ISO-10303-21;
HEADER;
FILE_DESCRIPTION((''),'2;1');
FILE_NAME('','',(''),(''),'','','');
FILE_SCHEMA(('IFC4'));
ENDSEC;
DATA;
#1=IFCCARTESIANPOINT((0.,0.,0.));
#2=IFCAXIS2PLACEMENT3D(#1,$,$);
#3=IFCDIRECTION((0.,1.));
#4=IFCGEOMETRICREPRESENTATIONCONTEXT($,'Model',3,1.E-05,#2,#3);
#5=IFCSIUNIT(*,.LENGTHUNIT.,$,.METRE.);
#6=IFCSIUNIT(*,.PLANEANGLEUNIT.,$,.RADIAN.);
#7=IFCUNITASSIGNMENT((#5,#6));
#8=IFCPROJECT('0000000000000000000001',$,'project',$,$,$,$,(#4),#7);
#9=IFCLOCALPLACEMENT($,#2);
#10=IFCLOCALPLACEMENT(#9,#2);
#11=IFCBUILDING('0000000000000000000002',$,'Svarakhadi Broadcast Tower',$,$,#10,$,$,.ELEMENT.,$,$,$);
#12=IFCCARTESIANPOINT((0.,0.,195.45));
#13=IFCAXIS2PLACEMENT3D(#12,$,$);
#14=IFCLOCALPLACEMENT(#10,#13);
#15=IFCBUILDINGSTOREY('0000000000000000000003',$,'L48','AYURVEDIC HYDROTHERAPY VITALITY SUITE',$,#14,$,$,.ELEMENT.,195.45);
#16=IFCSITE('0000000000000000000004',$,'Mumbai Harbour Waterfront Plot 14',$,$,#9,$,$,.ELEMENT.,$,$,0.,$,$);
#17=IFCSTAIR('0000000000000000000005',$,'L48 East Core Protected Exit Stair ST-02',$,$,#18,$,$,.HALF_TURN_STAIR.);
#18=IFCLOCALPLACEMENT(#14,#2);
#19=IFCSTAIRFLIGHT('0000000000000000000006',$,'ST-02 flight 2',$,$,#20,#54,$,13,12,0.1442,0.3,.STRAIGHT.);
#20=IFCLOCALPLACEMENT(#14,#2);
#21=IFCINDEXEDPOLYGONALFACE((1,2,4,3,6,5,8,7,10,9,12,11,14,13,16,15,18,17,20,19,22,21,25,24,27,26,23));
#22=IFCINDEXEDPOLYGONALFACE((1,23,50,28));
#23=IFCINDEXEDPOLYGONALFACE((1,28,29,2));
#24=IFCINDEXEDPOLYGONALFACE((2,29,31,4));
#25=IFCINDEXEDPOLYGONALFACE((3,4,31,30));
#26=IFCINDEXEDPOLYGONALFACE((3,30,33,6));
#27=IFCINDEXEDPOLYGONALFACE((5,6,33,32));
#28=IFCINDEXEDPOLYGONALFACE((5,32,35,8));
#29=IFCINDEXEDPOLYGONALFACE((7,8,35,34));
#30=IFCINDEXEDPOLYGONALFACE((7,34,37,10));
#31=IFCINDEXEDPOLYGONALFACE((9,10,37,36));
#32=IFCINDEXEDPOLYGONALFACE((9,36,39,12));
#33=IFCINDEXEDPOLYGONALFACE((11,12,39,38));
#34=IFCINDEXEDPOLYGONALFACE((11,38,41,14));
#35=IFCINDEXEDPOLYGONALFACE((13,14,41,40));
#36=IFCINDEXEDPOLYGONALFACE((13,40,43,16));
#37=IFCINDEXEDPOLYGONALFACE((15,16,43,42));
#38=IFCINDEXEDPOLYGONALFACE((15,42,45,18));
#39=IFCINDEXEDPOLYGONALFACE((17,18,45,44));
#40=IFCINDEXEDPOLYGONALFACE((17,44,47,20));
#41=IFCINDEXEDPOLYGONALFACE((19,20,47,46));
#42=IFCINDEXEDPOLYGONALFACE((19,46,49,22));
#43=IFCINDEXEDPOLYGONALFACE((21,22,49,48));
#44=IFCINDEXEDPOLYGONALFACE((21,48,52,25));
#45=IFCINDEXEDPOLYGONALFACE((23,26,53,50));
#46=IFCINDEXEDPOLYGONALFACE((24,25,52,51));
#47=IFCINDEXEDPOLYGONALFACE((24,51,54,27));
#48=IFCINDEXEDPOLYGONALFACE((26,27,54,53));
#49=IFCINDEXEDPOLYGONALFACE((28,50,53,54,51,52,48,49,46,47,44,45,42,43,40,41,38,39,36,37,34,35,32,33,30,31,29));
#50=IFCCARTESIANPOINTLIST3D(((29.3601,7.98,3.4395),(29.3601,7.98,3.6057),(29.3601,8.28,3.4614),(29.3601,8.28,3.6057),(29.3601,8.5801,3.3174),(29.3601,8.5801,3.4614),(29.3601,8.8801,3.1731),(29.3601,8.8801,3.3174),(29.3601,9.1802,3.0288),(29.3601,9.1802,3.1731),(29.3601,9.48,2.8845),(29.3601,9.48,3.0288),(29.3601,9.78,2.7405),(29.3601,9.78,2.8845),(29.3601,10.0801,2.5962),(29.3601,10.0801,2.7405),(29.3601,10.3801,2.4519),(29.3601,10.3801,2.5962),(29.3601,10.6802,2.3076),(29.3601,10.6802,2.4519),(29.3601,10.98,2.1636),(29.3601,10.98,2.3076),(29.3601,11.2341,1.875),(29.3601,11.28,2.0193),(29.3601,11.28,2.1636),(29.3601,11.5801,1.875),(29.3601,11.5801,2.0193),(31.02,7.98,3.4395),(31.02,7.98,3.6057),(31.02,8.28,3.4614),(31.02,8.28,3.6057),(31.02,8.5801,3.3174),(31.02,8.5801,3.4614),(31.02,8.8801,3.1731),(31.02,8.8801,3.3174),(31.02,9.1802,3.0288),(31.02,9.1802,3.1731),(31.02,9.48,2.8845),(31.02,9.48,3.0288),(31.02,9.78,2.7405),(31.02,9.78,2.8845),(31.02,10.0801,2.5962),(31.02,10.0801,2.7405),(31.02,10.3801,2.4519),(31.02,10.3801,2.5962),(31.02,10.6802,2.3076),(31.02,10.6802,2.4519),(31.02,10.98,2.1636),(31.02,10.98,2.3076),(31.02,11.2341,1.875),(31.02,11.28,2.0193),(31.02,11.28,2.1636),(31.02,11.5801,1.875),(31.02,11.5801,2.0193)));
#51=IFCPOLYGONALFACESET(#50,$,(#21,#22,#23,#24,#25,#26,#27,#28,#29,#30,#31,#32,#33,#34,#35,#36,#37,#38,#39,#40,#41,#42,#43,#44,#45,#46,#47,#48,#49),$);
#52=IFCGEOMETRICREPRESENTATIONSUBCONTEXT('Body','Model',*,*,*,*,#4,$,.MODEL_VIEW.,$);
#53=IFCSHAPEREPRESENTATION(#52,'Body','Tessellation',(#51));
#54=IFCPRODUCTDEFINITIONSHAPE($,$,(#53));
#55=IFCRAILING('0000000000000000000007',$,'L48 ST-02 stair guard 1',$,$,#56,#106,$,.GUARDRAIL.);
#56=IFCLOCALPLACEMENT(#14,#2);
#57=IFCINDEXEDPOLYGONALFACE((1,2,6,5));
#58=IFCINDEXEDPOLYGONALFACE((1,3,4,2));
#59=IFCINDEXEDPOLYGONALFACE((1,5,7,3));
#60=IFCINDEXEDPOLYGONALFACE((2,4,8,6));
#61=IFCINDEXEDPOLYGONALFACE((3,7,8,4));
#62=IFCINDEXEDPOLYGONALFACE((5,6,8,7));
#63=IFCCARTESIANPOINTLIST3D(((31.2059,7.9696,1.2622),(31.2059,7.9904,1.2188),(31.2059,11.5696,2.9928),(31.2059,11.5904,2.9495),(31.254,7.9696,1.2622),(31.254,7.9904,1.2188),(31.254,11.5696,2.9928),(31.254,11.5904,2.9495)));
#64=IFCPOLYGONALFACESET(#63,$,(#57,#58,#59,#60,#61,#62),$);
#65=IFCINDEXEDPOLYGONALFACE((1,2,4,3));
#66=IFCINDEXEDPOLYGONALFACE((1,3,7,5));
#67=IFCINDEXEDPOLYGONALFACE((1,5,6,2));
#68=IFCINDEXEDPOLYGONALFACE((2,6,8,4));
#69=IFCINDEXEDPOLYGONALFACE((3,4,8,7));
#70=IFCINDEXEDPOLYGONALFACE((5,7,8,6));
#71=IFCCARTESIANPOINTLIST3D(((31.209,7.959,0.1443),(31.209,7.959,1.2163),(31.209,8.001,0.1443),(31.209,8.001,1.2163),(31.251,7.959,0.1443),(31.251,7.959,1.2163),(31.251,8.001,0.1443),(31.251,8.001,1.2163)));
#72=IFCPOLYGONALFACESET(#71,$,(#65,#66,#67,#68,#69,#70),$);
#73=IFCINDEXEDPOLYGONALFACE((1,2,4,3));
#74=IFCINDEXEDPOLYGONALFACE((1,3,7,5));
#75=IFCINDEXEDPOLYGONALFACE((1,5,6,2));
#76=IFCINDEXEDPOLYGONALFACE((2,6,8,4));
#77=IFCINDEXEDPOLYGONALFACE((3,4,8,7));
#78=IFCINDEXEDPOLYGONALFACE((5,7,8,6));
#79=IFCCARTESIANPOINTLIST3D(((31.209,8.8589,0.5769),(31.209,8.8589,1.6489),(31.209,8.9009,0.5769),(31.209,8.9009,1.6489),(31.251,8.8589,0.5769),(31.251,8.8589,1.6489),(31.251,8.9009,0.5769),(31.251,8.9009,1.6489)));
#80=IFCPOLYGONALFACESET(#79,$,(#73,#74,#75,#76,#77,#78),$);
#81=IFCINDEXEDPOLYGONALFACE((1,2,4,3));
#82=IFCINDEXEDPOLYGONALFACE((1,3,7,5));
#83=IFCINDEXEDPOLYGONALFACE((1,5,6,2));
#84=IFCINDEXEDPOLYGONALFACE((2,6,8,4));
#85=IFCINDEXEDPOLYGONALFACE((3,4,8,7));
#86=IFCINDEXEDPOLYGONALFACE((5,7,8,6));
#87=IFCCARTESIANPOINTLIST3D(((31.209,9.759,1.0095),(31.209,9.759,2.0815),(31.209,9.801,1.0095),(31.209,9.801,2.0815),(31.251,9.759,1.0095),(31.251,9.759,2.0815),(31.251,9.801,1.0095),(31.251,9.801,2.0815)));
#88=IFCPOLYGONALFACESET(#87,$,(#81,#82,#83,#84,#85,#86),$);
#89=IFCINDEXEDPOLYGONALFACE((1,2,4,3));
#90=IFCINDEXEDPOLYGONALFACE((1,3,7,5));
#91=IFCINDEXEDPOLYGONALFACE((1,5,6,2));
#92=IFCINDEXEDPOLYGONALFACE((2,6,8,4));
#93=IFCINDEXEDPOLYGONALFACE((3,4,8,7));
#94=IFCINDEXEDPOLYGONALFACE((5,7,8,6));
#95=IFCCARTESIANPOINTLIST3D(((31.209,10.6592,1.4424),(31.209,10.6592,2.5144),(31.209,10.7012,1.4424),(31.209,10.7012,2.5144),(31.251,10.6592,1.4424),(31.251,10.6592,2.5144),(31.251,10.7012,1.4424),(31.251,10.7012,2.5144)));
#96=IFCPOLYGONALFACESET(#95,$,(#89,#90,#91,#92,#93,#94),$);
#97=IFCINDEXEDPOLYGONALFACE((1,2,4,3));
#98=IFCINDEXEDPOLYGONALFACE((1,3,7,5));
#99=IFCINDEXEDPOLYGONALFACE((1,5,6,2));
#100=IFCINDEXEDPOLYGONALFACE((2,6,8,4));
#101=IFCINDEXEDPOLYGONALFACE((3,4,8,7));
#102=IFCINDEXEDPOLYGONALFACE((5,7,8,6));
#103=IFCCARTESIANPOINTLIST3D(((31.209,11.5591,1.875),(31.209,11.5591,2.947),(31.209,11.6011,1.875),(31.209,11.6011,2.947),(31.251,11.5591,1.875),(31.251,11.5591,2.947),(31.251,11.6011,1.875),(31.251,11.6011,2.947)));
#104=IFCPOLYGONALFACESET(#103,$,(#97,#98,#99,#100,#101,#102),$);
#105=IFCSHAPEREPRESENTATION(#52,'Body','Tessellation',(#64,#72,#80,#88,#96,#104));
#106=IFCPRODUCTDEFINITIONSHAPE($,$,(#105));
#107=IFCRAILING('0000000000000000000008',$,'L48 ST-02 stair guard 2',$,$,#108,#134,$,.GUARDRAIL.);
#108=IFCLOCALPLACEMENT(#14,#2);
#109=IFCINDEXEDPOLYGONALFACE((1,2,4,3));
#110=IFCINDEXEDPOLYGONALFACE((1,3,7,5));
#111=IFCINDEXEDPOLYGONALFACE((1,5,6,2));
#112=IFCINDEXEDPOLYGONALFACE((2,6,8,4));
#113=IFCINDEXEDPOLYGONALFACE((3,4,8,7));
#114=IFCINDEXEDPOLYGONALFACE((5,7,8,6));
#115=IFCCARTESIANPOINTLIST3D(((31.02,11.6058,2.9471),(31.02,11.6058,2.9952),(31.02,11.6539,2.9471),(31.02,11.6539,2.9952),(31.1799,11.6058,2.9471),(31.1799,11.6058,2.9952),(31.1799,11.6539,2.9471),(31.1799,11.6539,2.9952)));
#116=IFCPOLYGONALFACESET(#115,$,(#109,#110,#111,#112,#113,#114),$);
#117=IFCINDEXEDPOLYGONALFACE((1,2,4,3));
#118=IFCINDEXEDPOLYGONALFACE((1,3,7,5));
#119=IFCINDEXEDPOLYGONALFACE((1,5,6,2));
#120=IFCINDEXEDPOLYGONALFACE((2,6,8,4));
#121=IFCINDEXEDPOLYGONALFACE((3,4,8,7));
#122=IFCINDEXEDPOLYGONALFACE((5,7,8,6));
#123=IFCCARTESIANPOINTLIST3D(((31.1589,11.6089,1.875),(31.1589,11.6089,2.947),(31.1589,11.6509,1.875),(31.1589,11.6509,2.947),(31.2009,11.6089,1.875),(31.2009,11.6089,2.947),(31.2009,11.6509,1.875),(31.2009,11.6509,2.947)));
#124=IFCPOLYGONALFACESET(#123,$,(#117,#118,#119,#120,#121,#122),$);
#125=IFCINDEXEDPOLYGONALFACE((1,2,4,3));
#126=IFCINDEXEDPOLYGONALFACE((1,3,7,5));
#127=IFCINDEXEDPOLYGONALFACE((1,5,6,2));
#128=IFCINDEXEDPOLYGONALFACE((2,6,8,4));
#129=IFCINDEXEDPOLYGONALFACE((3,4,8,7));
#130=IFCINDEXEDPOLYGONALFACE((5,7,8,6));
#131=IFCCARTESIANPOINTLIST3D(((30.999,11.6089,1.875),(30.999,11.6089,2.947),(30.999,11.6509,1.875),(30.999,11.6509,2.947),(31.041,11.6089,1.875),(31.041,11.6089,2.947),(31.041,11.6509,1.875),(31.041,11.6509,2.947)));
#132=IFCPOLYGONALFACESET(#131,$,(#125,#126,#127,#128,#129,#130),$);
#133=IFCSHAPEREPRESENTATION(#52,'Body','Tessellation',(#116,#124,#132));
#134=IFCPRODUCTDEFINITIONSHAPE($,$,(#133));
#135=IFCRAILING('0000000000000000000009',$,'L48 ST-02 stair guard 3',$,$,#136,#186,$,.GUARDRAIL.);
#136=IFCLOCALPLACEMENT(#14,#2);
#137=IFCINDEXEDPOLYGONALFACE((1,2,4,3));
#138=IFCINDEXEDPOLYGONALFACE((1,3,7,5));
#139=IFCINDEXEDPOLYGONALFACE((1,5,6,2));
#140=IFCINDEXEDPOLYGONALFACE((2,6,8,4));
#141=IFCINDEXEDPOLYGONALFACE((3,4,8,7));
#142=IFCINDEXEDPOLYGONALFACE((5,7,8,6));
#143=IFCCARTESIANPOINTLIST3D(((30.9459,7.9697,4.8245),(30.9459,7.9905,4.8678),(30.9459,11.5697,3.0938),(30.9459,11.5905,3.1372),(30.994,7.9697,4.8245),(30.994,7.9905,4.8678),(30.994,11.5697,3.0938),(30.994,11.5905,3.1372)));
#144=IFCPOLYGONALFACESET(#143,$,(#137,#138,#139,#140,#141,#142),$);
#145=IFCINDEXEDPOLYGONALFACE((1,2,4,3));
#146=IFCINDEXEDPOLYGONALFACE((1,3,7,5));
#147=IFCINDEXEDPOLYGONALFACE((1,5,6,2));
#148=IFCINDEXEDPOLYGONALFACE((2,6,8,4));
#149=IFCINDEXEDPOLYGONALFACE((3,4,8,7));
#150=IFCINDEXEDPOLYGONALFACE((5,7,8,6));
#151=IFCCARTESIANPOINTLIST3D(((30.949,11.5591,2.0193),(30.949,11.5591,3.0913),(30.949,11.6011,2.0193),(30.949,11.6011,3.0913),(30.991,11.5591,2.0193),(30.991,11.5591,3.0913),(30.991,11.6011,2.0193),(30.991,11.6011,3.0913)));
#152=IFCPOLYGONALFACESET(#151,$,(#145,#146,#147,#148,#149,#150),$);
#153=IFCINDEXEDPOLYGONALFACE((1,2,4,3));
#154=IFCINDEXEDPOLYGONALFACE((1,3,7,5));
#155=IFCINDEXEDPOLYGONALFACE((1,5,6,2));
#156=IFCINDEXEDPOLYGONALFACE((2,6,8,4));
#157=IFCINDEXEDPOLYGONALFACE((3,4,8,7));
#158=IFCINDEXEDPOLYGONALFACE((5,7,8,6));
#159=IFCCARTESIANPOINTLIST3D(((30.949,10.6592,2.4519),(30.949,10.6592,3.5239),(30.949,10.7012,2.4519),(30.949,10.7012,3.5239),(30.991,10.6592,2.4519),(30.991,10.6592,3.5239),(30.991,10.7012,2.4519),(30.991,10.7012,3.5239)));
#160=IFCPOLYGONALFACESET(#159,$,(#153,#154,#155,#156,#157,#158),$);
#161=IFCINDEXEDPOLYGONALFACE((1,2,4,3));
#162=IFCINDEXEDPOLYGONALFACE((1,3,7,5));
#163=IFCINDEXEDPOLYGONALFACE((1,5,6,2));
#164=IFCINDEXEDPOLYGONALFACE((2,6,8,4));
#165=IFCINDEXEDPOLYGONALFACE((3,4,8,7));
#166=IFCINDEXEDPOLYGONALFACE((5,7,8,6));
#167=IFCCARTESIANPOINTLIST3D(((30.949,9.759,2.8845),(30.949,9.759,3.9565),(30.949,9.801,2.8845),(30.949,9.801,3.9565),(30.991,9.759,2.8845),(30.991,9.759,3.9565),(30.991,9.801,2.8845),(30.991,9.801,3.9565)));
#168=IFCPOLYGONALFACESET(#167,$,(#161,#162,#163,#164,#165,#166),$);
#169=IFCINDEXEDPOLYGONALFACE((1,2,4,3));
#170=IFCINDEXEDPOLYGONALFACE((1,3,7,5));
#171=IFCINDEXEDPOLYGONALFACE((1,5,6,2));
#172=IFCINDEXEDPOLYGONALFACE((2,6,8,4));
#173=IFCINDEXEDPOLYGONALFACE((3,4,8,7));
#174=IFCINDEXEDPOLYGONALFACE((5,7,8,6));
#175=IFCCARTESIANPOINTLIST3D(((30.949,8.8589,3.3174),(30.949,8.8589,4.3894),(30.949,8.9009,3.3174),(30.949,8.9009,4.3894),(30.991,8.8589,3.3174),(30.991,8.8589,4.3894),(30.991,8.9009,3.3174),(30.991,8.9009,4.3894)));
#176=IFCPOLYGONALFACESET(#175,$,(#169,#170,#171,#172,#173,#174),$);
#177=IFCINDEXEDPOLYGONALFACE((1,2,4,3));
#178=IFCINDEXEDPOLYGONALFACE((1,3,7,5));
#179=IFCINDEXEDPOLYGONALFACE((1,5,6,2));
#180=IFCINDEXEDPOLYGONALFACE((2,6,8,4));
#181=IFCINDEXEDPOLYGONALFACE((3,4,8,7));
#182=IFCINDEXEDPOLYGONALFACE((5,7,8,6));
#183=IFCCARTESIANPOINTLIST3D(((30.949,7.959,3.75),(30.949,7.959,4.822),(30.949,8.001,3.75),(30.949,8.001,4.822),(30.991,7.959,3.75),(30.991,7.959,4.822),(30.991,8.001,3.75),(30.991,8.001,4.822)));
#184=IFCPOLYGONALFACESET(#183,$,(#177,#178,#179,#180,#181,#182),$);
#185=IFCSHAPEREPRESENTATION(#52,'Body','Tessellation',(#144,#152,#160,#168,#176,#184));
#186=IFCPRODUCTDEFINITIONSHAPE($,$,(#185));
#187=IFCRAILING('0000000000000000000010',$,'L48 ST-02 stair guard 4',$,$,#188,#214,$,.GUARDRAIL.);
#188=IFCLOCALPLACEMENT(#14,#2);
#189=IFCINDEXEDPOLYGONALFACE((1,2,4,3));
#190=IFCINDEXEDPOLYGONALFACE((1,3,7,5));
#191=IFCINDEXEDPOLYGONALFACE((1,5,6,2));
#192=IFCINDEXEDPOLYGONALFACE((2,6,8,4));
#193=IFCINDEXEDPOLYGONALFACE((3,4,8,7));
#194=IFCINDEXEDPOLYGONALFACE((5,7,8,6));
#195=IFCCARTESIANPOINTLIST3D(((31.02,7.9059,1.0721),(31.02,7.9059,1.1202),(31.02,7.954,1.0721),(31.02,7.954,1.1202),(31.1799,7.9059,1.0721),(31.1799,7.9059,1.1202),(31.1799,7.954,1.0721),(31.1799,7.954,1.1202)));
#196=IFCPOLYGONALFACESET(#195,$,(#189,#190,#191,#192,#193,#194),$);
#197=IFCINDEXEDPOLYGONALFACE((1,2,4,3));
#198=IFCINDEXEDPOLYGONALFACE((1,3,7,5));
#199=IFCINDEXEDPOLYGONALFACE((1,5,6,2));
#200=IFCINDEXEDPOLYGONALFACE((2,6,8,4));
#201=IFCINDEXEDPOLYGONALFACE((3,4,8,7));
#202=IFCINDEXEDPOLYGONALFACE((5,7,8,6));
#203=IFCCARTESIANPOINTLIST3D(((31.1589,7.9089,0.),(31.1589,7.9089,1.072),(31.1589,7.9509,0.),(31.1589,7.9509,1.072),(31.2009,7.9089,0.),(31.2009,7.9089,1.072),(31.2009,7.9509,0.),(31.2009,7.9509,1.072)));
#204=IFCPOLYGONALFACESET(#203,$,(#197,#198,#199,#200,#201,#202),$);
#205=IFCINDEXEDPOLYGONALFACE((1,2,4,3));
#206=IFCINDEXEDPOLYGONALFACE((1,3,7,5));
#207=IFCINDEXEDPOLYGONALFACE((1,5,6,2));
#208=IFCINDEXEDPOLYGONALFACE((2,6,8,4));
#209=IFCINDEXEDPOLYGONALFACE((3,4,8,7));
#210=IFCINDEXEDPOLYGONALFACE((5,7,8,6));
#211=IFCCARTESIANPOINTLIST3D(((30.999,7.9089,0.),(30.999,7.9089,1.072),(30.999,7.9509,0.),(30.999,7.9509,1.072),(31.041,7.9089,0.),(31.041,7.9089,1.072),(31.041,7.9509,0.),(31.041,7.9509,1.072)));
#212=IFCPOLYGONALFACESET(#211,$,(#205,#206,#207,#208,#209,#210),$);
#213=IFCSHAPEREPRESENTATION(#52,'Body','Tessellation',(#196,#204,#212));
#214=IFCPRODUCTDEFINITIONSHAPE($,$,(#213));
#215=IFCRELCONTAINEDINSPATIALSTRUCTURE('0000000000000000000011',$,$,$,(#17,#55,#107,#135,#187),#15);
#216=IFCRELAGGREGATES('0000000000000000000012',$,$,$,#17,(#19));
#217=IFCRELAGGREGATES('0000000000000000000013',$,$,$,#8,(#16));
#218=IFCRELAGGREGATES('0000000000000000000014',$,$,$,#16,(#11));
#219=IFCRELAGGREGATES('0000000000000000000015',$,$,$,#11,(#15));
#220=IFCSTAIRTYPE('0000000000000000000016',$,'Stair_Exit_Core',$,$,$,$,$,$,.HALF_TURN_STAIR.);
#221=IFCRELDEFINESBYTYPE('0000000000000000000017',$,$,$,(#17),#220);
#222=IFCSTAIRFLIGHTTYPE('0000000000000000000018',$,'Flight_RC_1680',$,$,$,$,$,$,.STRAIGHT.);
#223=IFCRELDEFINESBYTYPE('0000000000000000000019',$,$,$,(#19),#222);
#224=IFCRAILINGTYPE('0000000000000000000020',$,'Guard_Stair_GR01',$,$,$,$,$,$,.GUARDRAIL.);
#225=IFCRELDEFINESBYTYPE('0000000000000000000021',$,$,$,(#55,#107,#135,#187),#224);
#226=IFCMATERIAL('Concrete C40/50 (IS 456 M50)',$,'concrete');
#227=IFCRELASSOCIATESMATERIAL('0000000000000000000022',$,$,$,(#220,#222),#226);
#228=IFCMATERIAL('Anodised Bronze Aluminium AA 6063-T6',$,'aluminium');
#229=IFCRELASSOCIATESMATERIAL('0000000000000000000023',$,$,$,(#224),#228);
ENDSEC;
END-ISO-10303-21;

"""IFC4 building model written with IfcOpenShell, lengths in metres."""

from ifc_helpers import new_model, si_unit, direction, frame, origin, origin_2d, place, context, subcontext, project, spatial, polyline, rectangle, outline, extrude, material, type_object, element, aggregate, save


model = new_model("IFC4")

# Units and contexts
model_context = context("Model", 3, precision=1e-05, world=origin(), true_north=direction((0.0, 1.0)))
body_context = subcontext(model_context, "Body", "Model", "MODEL_VIEW")
ifc_project = project(units=[si_unit("LENGTHUNIT", "METRE"), si_unit("PLANEANGLEUNIT", "RADIAN")], contexts=[model_context])

# Site, building, storey
site_placement = place(None, origin())
site = spatial("IfcSite", under=ifc_project, at=site_placement, Name="Mumbai Harbour Waterfront Plot 14", CompositionType="ELEMENT", RefElevation=0.0)
building_placement = place(site_placement, origin())
building = spatial("IfcBuilding", under=site, at=building_placement, Name="Svarakhadi Broadcast Tower", CompositionType="ELEMENT")
storey_placement = place(building_placement, frame((0.0, 0.0, 195.45)))
storey = spatial("IfcBuildingStorey", under=building, at=storey_placement, Name="L48", Description="AYURVEDIC HYDROTHERAPY VITALITY SUITE", CompositionType="ELEMENT", Elevation=195.45)

# Shared definitions
ifc_material_1 = material(Name="Anodised Bronze Aluminium AA 6063-T6", Category="aluminium")

# Shared definitions
ifc_material_2 = material(Name="Concrete C40/50 (IS 456 M50)", Category="concrete")

# Stair, stair flight
stair_type = type_object("IfcStairType", Name="Stair_Exit_Core", PredefinedType="HALF_TURN_STAIR", material=ifc_material_2)
stair_placement = place(storey_placement, origin())
stair = element("IfcStair", 1, at=stair_placement, inside=storey, type_object=stair_type, Name="L48 East Core Protected Exit Stair ST-02", PredefinedType="HALF_TURN_STAIR")
stair_flight_type = type_object("IfcStairFlightType", Name="Flight_RC_1680", PredefinedType="STRAIGHT", material=ifc_material_2)
stair_flight_1_placement = place(storey_placement, frame((30.1899, 11.5801, 1.875), z_axis=(0.0, 0.0, 1.0), x_axis=(0.0, -1.0, 0.0)))
stair_flight_1 = element("IfcStairFlight", 2, at=stair_flight_1_placement, type_object=stair_flight_type, Name="ST-02 flight 2", NumberOfRisers=13, NumberOfTreads=12, PredefinedType="STRAIGHT", RiserHeight=0.1442, TreadLength=0.3, context=body_context, shape_type="SweptSolid", body=[
    extrude(outline(polyline([(0.0, 0.0), (0.0, 0.1443), (0.3, 0.1443), (0.3, 0.2886), (0.6001, 0.2886), (0.6001, 0.4326), (0.8999, 0.4326), (0.8999, 0.5769), (1.2, 0.5769), (1.2, 0.7212), (1.5, 0.7212), (1.5, 0.8655), (1.8, 0.8655), (1.8, 1.0095), (2.1001, 1.0095), (2.1001, 1.1538), (2.3999, 1.1538), (2.3999, 1.2981), (2.7, 1.2981), (2.7, 1.4424), (3.0, 1.4424), (3.0, 1.5864), (3.3, 1.5864), (3.3, 1.7307), (3.6001, 1.7307), (3.6001, 1.875), (3.6001, 1.5645), (0.3459, 0.0), (0.0, 0.0)])), frame((0.0, 0.8301, 0.0), z_axis=(0.0, -1.0, 0.0), x_axis=(1.0, 0.0, 0.0)), (0.0, 0.0, 1.0), 1.6599),
])
aggregate(stair, [stair_flight_1])

# Railings
railing_type_1 = type_object("IfcRailingType", Name="Guard_Stair_GR01", PredefinedType="GUARDRAIL", material=ifc_material_1)
railing_1_placement = place(storey_placement, frame((31.23, 7.98, 0.1443)))
element("IfcRailing", 3, at=railing_1_placement, inside=storey, type_object=railing_type_1, Name="L48 ST-02 stair guard 1", PredefinedType="GUARDRAIL", context=body_context, shape_type="SweptSolid", body=[
    extrude(rectangle(XDim=0.0481, YDim=0.0481, at=origin_2d()), frame((0.0, 0.0, 1.0962), z_axis=(0.0, 0.901263, 0.433273), x_axis=(-1.0, 0.0, 0.0)), (0.0, 0.0, 1.0), 3.9944),
    extrude(rectangle(XDim=0.042, YDim=0.042, at=origin_2d()), origin(), (0.0, 0.0, 1.0), 1.072),
    extrude(rectangle(XDim=0.042, YDim=0.042, at=origin_2d()), frame((0.0, 0.8999, 0.4326)), (0.0, 0.0, 1.0), 1.072),
    extrude(rectangle(XDim=0.042, YDim=0.042, at=origin_2d()), frame((0.0, 1.8, 0.8652)), (0.0, 0.0, 1.0), 1.072),
    extrude(rectangle(XDim=0.042, YDim=0.042, at=origin_2d()), frame((0.0, 2.7002, 1.2981)), (0.0, 0.0, 1.0), 1.072),
    extrude(rectangle(XDim=0.042, YDim=0.042, at=origin_2d()), frame((0.0, 3.6001, 1.7307)), (0.0, 0.0, 1.0), 1.072),
])
railing_2_placement = place(storey_placement, frame((31.1799, 11.6299, 1.875)))
element("IfcRailing", 4, at=railing_2_placement, inside=storey, type_object=railing_type_1, Name="L48 ST-02 stair guard 2", PredefinedType="GUARDRAIL", context=body_context, shape_type="SweptSolid", body=[
    extrude(rectangle(XDim=0.0481, YDim=0.0481, at=origin_2d()), frame((0.0, 0.0, 1.0962), z_axis=(-1.0, 0.0, 0.0), x_axis=(0.0, -1.0, 0.0)), (0.0, 0.0, 1.0), 0.1599),
    extrude(rectangle(XDim=0.042, YDim=0.042, at=origin_2d()), origin(), (0.0, 0.0, 1.0), 1.072),
    extrude(rectangle(XDim=0.042, YDim=0.042, at=origin_2d()), frame((-0.1599, 0.0, 0.0)), (0.0, 0.0, 1.0), 1.072),
])
railing_3_placement = place(storey_placement, frame((30.97, 11.5801, 2.0193)))
element("IfcRailing", 5, at=railing_3_placement, inside=storey, type_object=railing_type_1, Name="L48 ST-02 stair guard 3", PredefinedType="GUARDRAIL", context=body_context, shape_type="SweptSolid", body=[
    extrude(rectangle(XDim=0.0481, YDim=0.0481, at=origin_2d()), frame((0.0, 0.0, 1.0962), z_axis=(0.0, -0.901263, 0.433273), x_axis=(1.0, 0.0, 0.0)), (0.0, 0.0, 1.0), 3.9944),
    extrude(rectangle(XDim=0.042, YDim=0.042, at=origin_2d()), origin(), (0.0, 0.0, 1.0), 1.072),
    extrude(rectangle(XDim=0.042, YDim=0.042, at=origin_2d()), frame((0.0, -0.8999, 0.4326)), (0.0, 0.0, 1.0), 1.072),
    extrude(rectangle(XDim=0.042, YDim=0.042, at=origin_2d()), frame((0.0, -1.8, 0.8652)), (0.0, 0.0, 1.0), 1.072),
    extrude(rectangle(XDim=0.042, YDim=0.042, at=origin_2d()), frame((0.0, -2.7002, 1.2981)), (0.0, 0.0, 1.0), 1.072),
    extrude(rectangle(XDim=0.042, YDim=0.042, at=origin_2d()), frame((0.0, -3.6001, 1.7307)), (0.0, 0.0, 1.0), 1.072),
])
railing_4_placement = place(storey_placement, frame((31.1799, 7.9299, 0.0)))
element("IfcRailing", 6, at=railing_4_placement, inside=storey, type_object=railing_type_1, Name="L48 ST-02 stair guard 4", PredefinedType="GUARDRAIL", context=body_context, shape_type="SweptSolid", body=[
    extrude(rectangle(XDim=0.0481, YDim=0.0481, at=origin_2d()), frame((0.0, 0.0, 1.0962), z_axis=(-1.0, 0.0, 0.0), x_axis=(0.0, -1.0, 0.0)), (0.0, 0.0, 1.0), 0.1599),
    extrude(rectangle(XDim=0.042, YDim=0.042, at=origin_2d()), origin(), (0.0, 0.0, 1.0), 1.072),
    extrude(rectangle(XDim=0.042, YDim=0.042, at=origin_2d()), frame((-0.1599, 0.0, 0.0)), (0.0, 0.0, 1.0), 1.072),
])

save(model, "model.ifc")
